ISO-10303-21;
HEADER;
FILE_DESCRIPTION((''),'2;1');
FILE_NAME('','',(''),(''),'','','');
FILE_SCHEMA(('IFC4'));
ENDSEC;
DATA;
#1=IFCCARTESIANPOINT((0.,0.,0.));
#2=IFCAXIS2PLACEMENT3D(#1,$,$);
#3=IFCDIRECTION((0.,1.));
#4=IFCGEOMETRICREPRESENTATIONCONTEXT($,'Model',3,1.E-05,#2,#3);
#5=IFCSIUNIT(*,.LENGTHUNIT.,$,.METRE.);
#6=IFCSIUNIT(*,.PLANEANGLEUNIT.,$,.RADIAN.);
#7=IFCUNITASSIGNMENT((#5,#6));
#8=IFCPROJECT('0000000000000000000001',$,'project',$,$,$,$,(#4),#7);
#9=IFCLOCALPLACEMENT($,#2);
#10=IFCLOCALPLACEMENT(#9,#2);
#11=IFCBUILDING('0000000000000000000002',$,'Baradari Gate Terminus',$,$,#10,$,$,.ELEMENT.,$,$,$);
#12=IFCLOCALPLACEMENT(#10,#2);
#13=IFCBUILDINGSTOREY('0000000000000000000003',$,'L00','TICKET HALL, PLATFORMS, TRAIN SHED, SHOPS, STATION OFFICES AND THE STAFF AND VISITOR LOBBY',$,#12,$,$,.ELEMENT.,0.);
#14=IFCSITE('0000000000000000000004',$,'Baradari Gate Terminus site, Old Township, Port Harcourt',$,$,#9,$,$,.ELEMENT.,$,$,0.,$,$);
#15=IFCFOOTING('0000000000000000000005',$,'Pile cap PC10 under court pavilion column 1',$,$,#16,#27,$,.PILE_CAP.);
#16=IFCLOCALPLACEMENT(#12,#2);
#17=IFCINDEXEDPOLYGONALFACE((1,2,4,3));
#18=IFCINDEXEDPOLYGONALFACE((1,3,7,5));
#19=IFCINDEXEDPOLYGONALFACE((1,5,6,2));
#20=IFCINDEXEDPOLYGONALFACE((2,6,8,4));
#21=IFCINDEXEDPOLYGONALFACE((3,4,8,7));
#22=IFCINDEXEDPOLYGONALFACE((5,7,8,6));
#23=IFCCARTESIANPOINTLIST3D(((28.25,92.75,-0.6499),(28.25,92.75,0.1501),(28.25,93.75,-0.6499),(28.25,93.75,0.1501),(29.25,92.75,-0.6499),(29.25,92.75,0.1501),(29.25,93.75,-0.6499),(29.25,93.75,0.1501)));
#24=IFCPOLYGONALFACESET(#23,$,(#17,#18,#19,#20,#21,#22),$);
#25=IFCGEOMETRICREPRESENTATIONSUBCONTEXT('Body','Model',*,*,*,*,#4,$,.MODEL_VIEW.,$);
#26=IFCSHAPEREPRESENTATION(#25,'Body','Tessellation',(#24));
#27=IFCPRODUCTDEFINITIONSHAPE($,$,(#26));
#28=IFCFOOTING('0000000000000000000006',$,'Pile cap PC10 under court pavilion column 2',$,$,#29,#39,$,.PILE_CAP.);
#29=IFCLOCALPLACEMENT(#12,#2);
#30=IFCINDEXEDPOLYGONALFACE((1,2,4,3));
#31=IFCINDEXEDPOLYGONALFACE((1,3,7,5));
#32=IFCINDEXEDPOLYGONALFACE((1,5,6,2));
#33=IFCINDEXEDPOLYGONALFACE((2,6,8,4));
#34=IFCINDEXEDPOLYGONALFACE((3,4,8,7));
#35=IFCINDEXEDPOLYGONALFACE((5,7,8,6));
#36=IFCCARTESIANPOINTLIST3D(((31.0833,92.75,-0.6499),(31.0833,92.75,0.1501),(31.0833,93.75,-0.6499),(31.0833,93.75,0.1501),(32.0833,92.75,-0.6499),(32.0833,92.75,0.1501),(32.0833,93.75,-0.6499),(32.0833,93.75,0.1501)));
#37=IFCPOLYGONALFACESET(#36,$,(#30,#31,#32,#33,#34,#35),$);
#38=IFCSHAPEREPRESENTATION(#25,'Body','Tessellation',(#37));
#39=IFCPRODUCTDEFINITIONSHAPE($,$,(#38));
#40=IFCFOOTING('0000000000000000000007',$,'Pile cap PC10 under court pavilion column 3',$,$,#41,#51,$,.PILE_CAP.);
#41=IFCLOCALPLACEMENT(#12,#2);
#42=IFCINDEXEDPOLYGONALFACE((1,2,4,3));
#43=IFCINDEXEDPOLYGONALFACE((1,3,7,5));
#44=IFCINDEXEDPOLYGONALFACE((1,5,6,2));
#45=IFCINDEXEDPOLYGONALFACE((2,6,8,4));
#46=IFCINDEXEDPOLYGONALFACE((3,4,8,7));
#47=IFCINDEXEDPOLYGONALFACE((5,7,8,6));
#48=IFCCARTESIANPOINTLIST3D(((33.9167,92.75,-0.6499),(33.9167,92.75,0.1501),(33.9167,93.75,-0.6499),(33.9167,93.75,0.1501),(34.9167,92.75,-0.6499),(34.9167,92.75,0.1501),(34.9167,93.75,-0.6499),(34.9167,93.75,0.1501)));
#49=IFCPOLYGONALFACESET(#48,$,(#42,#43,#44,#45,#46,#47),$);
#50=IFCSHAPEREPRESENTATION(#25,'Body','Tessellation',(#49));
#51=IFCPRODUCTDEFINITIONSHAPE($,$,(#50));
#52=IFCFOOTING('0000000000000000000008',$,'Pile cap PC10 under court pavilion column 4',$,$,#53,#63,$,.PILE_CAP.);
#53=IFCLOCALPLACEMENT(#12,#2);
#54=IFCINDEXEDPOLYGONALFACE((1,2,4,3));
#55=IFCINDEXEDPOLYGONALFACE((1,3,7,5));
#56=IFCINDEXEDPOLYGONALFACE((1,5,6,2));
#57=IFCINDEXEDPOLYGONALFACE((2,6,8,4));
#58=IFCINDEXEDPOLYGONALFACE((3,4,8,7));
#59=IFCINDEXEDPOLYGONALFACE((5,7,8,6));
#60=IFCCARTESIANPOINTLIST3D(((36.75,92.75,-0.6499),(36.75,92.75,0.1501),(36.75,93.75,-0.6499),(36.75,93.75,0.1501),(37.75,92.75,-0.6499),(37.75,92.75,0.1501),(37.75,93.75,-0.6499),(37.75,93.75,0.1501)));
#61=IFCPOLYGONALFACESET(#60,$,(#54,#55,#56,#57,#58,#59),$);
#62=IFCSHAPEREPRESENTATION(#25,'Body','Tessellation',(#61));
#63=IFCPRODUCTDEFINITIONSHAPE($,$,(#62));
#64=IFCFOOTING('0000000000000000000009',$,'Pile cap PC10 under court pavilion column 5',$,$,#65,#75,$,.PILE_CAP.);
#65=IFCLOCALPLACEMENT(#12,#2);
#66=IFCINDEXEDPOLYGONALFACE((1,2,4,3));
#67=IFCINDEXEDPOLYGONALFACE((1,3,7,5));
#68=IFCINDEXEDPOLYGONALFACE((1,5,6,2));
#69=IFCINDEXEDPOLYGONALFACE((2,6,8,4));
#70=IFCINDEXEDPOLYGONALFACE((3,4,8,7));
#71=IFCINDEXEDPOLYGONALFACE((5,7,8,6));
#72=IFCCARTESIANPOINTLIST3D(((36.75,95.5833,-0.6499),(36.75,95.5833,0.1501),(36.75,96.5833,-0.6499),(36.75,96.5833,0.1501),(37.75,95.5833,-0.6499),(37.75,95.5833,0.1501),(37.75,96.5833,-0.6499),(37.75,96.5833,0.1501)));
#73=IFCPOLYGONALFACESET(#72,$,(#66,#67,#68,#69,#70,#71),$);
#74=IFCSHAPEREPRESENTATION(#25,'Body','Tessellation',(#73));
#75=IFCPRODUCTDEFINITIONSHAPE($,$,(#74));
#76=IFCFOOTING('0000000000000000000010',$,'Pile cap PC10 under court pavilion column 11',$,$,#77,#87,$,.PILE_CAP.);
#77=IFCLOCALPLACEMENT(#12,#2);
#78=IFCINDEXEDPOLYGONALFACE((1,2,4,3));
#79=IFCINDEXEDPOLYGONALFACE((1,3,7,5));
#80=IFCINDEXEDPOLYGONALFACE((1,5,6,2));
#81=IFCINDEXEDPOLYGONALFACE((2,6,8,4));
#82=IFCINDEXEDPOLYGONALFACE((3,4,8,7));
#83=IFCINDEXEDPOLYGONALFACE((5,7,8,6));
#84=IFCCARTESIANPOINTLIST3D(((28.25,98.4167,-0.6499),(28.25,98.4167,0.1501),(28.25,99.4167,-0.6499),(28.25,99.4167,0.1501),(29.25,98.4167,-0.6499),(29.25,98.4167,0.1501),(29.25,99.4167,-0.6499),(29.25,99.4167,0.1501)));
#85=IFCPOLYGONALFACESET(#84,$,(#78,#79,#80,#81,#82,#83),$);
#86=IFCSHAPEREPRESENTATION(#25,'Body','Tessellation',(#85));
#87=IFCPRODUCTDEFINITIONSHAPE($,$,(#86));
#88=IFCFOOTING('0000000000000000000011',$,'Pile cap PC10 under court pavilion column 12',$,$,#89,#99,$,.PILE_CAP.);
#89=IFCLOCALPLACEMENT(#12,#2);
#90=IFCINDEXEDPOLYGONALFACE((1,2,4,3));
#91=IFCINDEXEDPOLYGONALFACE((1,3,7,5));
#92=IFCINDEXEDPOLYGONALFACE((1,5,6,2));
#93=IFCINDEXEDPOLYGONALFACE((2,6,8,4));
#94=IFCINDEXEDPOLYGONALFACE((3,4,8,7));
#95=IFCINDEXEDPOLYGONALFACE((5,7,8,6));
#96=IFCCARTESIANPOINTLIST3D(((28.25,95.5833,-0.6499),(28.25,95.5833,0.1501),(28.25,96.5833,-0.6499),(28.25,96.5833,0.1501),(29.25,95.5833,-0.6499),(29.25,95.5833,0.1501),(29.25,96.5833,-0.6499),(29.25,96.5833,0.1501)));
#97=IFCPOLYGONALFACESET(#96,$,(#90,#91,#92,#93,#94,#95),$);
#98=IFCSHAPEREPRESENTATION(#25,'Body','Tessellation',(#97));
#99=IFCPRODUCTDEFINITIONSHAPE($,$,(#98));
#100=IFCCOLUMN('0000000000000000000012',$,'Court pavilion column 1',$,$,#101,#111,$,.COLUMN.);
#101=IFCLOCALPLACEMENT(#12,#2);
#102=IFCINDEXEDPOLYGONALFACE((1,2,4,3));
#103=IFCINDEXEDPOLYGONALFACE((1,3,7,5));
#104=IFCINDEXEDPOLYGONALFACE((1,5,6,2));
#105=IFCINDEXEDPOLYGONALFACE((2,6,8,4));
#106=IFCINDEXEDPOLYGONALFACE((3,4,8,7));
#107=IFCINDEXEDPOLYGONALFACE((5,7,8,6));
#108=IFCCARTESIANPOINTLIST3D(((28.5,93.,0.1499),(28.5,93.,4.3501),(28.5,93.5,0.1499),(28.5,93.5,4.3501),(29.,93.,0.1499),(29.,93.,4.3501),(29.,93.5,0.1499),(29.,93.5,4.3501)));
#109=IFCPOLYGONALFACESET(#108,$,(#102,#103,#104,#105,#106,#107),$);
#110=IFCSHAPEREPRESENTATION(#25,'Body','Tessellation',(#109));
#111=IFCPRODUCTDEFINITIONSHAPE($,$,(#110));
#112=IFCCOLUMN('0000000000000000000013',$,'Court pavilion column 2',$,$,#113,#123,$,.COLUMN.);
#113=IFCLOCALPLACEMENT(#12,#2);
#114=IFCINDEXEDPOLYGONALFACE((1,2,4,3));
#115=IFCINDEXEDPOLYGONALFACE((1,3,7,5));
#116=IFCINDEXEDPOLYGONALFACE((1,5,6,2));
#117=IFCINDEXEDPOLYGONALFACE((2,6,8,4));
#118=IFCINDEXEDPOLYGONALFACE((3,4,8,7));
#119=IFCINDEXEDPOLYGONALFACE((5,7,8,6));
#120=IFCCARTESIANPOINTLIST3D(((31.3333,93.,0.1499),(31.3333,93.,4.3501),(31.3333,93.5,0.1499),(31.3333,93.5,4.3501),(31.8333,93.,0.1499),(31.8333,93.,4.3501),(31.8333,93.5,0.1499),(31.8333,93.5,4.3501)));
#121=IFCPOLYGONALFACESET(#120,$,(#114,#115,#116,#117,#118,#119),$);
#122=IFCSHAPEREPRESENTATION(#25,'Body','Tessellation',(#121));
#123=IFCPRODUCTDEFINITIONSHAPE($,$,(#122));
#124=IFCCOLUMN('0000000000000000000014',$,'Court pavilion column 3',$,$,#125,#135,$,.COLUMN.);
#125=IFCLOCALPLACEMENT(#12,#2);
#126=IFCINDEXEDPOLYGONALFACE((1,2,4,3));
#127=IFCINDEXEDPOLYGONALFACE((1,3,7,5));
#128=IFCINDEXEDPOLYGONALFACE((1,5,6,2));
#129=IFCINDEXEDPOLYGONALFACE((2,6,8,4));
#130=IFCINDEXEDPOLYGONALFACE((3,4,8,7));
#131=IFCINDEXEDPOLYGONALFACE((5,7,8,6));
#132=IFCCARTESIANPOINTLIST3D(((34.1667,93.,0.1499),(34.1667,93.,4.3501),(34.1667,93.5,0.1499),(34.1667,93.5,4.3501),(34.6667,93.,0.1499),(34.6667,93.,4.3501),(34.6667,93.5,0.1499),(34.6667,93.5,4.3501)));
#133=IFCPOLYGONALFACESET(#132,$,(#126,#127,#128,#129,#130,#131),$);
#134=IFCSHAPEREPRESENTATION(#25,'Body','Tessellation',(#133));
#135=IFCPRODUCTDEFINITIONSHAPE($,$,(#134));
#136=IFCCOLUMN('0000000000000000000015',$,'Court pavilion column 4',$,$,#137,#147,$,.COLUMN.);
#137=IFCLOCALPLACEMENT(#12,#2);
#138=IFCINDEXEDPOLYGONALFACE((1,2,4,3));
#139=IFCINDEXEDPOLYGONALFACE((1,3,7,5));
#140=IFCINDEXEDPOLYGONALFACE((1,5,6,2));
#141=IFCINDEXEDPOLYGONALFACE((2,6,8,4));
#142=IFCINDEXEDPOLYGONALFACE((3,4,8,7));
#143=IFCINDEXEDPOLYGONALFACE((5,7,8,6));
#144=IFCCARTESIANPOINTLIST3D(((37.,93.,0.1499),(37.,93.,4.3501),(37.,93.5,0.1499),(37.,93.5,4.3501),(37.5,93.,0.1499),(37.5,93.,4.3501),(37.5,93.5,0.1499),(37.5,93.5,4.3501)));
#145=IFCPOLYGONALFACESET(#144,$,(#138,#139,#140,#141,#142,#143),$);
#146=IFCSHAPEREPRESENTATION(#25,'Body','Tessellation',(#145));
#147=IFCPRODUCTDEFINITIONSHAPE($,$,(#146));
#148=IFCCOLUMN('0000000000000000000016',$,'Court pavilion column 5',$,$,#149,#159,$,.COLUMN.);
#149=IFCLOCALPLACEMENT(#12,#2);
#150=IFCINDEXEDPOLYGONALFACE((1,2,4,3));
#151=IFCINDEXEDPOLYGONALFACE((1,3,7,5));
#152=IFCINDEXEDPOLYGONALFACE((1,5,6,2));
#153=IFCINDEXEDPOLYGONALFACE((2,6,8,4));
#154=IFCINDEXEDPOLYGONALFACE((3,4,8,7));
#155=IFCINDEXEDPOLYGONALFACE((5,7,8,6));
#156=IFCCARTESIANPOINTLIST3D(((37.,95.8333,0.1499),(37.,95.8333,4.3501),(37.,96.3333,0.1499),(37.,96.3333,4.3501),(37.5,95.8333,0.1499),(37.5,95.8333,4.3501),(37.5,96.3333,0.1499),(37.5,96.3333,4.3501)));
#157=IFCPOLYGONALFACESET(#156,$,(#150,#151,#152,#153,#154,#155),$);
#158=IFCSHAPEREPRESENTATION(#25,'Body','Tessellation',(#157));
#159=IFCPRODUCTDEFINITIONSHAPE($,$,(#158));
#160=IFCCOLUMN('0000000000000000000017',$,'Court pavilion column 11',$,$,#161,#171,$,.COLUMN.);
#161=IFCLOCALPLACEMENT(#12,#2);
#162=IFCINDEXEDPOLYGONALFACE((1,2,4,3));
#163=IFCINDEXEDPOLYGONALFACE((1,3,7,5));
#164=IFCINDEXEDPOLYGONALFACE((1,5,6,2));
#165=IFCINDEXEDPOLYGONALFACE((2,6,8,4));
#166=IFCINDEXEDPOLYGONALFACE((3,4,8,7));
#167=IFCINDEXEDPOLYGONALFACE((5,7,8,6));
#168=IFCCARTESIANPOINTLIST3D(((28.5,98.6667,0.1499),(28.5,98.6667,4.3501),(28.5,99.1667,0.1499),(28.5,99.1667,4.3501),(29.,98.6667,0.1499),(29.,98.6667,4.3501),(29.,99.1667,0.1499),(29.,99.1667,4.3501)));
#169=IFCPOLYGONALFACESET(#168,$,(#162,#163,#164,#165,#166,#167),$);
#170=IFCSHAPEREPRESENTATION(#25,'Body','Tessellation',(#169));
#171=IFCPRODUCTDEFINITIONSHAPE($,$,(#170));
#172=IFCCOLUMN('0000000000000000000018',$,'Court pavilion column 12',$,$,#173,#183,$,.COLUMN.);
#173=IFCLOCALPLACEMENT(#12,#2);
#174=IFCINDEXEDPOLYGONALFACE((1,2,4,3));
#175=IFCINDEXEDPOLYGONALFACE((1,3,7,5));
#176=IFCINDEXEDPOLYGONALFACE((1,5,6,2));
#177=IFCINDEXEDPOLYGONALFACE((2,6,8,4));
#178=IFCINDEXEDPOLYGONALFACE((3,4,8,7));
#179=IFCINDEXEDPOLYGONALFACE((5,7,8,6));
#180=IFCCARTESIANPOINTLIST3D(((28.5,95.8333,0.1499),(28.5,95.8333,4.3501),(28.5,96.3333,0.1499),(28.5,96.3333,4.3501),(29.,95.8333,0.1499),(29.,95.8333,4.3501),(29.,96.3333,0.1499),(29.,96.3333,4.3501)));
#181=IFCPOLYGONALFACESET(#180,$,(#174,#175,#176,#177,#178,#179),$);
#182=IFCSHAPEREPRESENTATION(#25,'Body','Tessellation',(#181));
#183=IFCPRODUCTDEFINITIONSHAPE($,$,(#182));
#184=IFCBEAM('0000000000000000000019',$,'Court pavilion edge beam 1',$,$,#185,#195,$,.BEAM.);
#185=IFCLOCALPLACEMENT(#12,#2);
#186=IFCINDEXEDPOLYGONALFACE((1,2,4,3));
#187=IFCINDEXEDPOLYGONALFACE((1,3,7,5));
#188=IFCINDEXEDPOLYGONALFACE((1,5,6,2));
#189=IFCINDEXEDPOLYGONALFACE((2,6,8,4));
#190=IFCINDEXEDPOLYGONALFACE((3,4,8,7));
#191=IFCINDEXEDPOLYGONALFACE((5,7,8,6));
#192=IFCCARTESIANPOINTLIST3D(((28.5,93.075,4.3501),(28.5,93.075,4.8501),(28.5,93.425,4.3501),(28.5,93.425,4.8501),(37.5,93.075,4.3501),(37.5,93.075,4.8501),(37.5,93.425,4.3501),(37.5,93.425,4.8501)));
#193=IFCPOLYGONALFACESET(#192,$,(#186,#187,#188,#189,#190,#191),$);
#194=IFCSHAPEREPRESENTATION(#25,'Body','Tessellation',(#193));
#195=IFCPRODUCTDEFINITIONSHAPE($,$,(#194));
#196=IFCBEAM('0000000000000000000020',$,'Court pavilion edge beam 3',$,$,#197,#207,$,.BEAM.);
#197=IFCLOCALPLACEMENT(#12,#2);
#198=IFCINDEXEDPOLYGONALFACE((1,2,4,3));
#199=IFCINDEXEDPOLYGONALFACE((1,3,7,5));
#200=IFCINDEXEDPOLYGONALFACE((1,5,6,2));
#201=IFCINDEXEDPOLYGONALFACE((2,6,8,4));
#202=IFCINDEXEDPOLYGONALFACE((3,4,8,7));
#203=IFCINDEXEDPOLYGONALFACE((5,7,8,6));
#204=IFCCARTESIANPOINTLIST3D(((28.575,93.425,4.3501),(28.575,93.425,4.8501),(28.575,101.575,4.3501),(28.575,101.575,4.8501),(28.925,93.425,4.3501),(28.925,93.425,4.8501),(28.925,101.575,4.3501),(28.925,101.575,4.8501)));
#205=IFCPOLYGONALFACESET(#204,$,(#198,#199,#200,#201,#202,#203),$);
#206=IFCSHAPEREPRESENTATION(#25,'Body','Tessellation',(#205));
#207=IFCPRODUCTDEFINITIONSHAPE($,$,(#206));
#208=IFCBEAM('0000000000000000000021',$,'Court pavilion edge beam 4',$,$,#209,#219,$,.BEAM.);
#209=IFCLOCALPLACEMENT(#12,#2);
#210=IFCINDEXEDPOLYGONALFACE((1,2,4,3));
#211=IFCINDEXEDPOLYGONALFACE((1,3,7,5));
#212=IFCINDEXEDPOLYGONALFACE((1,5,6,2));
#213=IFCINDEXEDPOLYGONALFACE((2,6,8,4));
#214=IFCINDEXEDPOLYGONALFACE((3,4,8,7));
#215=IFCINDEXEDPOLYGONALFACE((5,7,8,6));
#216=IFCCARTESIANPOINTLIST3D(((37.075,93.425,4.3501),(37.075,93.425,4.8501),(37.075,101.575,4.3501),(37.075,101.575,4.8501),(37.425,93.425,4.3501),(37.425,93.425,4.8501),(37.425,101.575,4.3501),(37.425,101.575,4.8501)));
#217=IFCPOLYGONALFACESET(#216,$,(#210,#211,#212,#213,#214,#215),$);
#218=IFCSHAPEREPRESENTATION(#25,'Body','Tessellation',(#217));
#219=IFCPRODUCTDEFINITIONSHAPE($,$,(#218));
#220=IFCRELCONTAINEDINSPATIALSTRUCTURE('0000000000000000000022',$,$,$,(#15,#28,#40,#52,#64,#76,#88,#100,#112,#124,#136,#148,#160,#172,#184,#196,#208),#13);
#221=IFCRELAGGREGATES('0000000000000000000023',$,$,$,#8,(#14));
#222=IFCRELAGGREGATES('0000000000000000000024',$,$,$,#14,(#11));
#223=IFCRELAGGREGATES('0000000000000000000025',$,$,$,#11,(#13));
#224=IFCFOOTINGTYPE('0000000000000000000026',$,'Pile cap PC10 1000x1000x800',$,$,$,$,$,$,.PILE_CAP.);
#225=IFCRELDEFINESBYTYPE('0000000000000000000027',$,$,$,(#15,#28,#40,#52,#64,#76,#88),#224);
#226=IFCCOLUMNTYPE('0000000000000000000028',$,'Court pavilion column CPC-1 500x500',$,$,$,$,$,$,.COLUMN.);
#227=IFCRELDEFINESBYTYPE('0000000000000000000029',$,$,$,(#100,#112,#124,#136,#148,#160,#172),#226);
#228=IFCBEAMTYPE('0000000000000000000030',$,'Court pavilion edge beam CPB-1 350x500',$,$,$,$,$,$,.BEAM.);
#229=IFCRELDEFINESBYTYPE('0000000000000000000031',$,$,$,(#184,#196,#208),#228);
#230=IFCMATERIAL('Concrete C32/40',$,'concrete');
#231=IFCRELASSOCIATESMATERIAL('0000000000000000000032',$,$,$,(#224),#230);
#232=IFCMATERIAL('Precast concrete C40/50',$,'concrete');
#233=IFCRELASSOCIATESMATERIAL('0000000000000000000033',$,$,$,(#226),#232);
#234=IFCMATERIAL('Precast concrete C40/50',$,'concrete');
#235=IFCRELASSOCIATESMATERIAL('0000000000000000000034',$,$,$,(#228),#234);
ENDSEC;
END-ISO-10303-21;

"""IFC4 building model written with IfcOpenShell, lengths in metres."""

from ifc_helpers import new_model, si_unit, direction, frame, origin, origin_2d, place, context, subcontext, project, spatial, rectangle, extrude, material, material_profile, profile_set, type_object, element, save


model = new_model("IFC4")

# Units and contexts
model_context = context("Model", 3, precision=1e-05, world=origin(), true_north=direction((0.0, 1.0)))
body_context = subcontext(model_context, "Body", "Model", "MODEL_VIEW")
ifc_project = project(units=[si_unit("LENGTHUNIT", "METRE"), si_unit("PLANEANGLEUNIT", "RADIAN")], contexts=[model_context])

# Site, building, storey
site_placement = place(None, origin())
site = spatial("IfcSite", under=ifc_project, at=site_placement, Name="Baradari Gate Terminus site, Old Township, Port Harcourt", CompositionType="ELEMENT", RefElevation=0.0)
building_placement = place(site_placement, origin())
building = spatial("IfcBuilding", under=site, at=building_placement, Name="Baradari Gate Terminus", CompositionType="ELEMENT")
storey_placement = place(building_placement, origin())
storey = spatial("IfcBuildingStorey", under=building, at=storey_placement, Name="L00", Description="TICKET HALL, PLATFORMS, TRAIN SHED, SHOPS, STATION OFFICES AND THE STAFF AND VISITOR LOBBY", CompositionType="ELEMENT", Elevation=0.0)

# Footings
ifc_material_1 = material(Name="Concrete C32/40", Category="concrete")
footing_type_1 = type_object("IfcFootingType", Name="Pile cap PC10 1000x1000x800", PredefinedType="PILE_CAP", material=ifc_material_1)
for number, where, z_axis, x_axis, name in (
    (1, (28.75, 93.25, -0.6499), (0.0, 0.0, 1.0), (1.0, 0.0, 0.0), "Pile cap PC10 under court pavilion column 1"),
    (2, (31.5833, 93.25, -0.6499), (0.0, 0.0, 1.0), (1.0, 0.0, 0.0), "Pile cap PC10 under court pavilion column 2"),
    (3, (34.4167, 93.25, -0.6499), (0.0, 0.0, 1.0), (1.0, 0.0, 0.0), "Pile cap PC10 under court pavilion column 3"),
    (4, (37.25, 93.25, -0.6499), (0.0, 0.0, 1.0), (1.0, 0.0, 0.0), "Pile cap PC10 under court pavilion column 4"),
    (5, (37.25, 96.0833, -0.6499), (0.0, 0.0, 1.0), (1.0, 0.0, 0.0), "Pile cap PC10 under court pavilion column 5"),
    (6, (28.75, 98.9167, -0.6499), (0.0, 0.0, 1.0), (1.0, 0.0, 0.0), "Pile cap PC10 under court pavilion column 11"),
    (7, (28.75, 96.0833, -0.6499), (0.0, 0.0, 1.0), (1.0, 0.0, 0.0), "Pile cap PC10 under court pavilion column 12"),
):
    element("IfcFooting", number, at=place(storey_placement, frame(where, z_axis=z_axis, x_axis=x_axis)), inside=storey, type_object=footing_type_1, Name=name, PredefinedType="PILE_CAP", context=body_context, shape_type="SweptSolid", body=[
        extrude(rectangle(XDim=1.0, YDim=1.0, at=origin_2d()), origin(), (0.0, 0.0, 1.0), 0.8),
    ])

# Columns
ifc_material_2 = material(Name="Precast concrete C40/50", Category="concrete")
ifc_material_profile_1 = material_profile(ifc_material_2, rectangle(XDim=0.5, YDim=0.5, at=origin_2d()), Name="RC500X500")
ifc_profile_set_1 = profile_set([ifc_material_profile_1], Name="Precast concrete C40/50")
column_type = type_object("IfcColumnType", Name="Court pavilion column CPC-1 500x500", PredefinedType="COLUMN", material=ifc_profile_set_1)
for number, where, z_axis, x_axis, name in (
    (8, (28.75, 93.25, 0.1499), (0.0, 0.0, 1.0), (1.0, 0.0, 0.0), "Court pavilion column 1"),
    (9, (31.5833, 93.25, 0.1499), (0.0, 0.0, 1.0), (1.0, 0.0, 0.0), "Court pavilion column 2"),
    (10, (34.4167, 93.25, 0.1499), (0.0, 0.0, 1.0), (1.0, 0.0, 0.0), "Court pavilion column 3"),
    (11, (37.25, 93.25, 0.1499), (0.0, 0.0, 1.0), (1.0, 0.0, 0.0), "Court pavilion column 4"),
    (12, (37.25, 96.0833, 0.1499), (0.0, 0.0, 1.0), (1.0, 0.0, 0.0), "Court pavilion column 5"),
    (13, (28.75, 98.9167, 0.1499), (0.0, 0.0, 1.0), (1.0, 0.0, 0.0), "Court pavilion column 11"),
    (14, (28.75, 96.0833, 0.1499), (0.0, 0.0, 1.0), (1.0, 0.0, 0.0), "Court pavilion column 12"),
):
    element("IfcColumn", number, at=place(storey_placement, frame(where, z_axis=z_axis, x_axis=x_axis)), inside=storey, type_object=column_type, Name=name, PredefinedType="COLUMN", context=body_context, shape_type="SweptSolid", body=[
        extrude(rectangle(XDim=0.5, YDim=0.5, at=origin_2d()), origin(), (0.0, 0.0, 1.0), 4.2002),
    ])

# Beams
ifc_material_3 = material(Name="Precast concrete C40/50", Category="concrete")
ifc_material_profile_2 = material_profile(ifc_material_3, rectangle(XDim=0.3501, YDim=0.5, at=origin_2d()), Name="RC350X500")
ifc_profile_set_2 = profile_set([ifc_material_profile_2], Name="Precast concrete C40/50")
beam_type = type_object("IfcBeamType", Name="Court pavilion edge beam CPB-1 350x500", PredefinedType="BEAM", material=ifc_profile_set_2)
beam_placement = place(storey_placement, frame((28.5, 93.25, 4.6001), z_axis=(1.0, 0.0, 0.0), x_axis=(0.0, 1.0, 0.0)))
element("IfcBeam", 15, at=beam_placement, inside=storey, type_object=beam_type, Name="Court pavilion edge beam 1", PredefinedType="BEAM", context=body_context, shape_type="SweptSolid", body=[
    extrude(rectangle(XDim=0.3501, YDim=0.5, at=origin_2d()), origin(), (0.0, 0.0, 1.0), 9.0),
])
for number, where, z_axis, x_axis, name in (
    (16, (28.75, 93.425, 4.6001), (0.0, 1.0, 0.0), (-1.0, 0.0, 0.0), "Court pavilion edge beam 3"),
    (17, (37.25, 93.425, 4.6001), (0.0, 1.0, 0.0), (-1.0, 0.0, 0.0), "Court pavilion edge beam 4"),
):
    element("IfcBeam", number, at=place(storey_placement, frame(where, z_axis=z_axis, x_axis=x_axis)), inside=storey, type_object=beam_type, Name=name, PredefinedType="BEAM", context=body_context, shape_type="SweptSolid", body=[
        extrude(rectangle(XDim=0.3501, YDim=0.5, at=origin_2d()), origin(), (0.0, 0.0, 1.0), 8.1499),
    ])

save(model, "model.ifc")
